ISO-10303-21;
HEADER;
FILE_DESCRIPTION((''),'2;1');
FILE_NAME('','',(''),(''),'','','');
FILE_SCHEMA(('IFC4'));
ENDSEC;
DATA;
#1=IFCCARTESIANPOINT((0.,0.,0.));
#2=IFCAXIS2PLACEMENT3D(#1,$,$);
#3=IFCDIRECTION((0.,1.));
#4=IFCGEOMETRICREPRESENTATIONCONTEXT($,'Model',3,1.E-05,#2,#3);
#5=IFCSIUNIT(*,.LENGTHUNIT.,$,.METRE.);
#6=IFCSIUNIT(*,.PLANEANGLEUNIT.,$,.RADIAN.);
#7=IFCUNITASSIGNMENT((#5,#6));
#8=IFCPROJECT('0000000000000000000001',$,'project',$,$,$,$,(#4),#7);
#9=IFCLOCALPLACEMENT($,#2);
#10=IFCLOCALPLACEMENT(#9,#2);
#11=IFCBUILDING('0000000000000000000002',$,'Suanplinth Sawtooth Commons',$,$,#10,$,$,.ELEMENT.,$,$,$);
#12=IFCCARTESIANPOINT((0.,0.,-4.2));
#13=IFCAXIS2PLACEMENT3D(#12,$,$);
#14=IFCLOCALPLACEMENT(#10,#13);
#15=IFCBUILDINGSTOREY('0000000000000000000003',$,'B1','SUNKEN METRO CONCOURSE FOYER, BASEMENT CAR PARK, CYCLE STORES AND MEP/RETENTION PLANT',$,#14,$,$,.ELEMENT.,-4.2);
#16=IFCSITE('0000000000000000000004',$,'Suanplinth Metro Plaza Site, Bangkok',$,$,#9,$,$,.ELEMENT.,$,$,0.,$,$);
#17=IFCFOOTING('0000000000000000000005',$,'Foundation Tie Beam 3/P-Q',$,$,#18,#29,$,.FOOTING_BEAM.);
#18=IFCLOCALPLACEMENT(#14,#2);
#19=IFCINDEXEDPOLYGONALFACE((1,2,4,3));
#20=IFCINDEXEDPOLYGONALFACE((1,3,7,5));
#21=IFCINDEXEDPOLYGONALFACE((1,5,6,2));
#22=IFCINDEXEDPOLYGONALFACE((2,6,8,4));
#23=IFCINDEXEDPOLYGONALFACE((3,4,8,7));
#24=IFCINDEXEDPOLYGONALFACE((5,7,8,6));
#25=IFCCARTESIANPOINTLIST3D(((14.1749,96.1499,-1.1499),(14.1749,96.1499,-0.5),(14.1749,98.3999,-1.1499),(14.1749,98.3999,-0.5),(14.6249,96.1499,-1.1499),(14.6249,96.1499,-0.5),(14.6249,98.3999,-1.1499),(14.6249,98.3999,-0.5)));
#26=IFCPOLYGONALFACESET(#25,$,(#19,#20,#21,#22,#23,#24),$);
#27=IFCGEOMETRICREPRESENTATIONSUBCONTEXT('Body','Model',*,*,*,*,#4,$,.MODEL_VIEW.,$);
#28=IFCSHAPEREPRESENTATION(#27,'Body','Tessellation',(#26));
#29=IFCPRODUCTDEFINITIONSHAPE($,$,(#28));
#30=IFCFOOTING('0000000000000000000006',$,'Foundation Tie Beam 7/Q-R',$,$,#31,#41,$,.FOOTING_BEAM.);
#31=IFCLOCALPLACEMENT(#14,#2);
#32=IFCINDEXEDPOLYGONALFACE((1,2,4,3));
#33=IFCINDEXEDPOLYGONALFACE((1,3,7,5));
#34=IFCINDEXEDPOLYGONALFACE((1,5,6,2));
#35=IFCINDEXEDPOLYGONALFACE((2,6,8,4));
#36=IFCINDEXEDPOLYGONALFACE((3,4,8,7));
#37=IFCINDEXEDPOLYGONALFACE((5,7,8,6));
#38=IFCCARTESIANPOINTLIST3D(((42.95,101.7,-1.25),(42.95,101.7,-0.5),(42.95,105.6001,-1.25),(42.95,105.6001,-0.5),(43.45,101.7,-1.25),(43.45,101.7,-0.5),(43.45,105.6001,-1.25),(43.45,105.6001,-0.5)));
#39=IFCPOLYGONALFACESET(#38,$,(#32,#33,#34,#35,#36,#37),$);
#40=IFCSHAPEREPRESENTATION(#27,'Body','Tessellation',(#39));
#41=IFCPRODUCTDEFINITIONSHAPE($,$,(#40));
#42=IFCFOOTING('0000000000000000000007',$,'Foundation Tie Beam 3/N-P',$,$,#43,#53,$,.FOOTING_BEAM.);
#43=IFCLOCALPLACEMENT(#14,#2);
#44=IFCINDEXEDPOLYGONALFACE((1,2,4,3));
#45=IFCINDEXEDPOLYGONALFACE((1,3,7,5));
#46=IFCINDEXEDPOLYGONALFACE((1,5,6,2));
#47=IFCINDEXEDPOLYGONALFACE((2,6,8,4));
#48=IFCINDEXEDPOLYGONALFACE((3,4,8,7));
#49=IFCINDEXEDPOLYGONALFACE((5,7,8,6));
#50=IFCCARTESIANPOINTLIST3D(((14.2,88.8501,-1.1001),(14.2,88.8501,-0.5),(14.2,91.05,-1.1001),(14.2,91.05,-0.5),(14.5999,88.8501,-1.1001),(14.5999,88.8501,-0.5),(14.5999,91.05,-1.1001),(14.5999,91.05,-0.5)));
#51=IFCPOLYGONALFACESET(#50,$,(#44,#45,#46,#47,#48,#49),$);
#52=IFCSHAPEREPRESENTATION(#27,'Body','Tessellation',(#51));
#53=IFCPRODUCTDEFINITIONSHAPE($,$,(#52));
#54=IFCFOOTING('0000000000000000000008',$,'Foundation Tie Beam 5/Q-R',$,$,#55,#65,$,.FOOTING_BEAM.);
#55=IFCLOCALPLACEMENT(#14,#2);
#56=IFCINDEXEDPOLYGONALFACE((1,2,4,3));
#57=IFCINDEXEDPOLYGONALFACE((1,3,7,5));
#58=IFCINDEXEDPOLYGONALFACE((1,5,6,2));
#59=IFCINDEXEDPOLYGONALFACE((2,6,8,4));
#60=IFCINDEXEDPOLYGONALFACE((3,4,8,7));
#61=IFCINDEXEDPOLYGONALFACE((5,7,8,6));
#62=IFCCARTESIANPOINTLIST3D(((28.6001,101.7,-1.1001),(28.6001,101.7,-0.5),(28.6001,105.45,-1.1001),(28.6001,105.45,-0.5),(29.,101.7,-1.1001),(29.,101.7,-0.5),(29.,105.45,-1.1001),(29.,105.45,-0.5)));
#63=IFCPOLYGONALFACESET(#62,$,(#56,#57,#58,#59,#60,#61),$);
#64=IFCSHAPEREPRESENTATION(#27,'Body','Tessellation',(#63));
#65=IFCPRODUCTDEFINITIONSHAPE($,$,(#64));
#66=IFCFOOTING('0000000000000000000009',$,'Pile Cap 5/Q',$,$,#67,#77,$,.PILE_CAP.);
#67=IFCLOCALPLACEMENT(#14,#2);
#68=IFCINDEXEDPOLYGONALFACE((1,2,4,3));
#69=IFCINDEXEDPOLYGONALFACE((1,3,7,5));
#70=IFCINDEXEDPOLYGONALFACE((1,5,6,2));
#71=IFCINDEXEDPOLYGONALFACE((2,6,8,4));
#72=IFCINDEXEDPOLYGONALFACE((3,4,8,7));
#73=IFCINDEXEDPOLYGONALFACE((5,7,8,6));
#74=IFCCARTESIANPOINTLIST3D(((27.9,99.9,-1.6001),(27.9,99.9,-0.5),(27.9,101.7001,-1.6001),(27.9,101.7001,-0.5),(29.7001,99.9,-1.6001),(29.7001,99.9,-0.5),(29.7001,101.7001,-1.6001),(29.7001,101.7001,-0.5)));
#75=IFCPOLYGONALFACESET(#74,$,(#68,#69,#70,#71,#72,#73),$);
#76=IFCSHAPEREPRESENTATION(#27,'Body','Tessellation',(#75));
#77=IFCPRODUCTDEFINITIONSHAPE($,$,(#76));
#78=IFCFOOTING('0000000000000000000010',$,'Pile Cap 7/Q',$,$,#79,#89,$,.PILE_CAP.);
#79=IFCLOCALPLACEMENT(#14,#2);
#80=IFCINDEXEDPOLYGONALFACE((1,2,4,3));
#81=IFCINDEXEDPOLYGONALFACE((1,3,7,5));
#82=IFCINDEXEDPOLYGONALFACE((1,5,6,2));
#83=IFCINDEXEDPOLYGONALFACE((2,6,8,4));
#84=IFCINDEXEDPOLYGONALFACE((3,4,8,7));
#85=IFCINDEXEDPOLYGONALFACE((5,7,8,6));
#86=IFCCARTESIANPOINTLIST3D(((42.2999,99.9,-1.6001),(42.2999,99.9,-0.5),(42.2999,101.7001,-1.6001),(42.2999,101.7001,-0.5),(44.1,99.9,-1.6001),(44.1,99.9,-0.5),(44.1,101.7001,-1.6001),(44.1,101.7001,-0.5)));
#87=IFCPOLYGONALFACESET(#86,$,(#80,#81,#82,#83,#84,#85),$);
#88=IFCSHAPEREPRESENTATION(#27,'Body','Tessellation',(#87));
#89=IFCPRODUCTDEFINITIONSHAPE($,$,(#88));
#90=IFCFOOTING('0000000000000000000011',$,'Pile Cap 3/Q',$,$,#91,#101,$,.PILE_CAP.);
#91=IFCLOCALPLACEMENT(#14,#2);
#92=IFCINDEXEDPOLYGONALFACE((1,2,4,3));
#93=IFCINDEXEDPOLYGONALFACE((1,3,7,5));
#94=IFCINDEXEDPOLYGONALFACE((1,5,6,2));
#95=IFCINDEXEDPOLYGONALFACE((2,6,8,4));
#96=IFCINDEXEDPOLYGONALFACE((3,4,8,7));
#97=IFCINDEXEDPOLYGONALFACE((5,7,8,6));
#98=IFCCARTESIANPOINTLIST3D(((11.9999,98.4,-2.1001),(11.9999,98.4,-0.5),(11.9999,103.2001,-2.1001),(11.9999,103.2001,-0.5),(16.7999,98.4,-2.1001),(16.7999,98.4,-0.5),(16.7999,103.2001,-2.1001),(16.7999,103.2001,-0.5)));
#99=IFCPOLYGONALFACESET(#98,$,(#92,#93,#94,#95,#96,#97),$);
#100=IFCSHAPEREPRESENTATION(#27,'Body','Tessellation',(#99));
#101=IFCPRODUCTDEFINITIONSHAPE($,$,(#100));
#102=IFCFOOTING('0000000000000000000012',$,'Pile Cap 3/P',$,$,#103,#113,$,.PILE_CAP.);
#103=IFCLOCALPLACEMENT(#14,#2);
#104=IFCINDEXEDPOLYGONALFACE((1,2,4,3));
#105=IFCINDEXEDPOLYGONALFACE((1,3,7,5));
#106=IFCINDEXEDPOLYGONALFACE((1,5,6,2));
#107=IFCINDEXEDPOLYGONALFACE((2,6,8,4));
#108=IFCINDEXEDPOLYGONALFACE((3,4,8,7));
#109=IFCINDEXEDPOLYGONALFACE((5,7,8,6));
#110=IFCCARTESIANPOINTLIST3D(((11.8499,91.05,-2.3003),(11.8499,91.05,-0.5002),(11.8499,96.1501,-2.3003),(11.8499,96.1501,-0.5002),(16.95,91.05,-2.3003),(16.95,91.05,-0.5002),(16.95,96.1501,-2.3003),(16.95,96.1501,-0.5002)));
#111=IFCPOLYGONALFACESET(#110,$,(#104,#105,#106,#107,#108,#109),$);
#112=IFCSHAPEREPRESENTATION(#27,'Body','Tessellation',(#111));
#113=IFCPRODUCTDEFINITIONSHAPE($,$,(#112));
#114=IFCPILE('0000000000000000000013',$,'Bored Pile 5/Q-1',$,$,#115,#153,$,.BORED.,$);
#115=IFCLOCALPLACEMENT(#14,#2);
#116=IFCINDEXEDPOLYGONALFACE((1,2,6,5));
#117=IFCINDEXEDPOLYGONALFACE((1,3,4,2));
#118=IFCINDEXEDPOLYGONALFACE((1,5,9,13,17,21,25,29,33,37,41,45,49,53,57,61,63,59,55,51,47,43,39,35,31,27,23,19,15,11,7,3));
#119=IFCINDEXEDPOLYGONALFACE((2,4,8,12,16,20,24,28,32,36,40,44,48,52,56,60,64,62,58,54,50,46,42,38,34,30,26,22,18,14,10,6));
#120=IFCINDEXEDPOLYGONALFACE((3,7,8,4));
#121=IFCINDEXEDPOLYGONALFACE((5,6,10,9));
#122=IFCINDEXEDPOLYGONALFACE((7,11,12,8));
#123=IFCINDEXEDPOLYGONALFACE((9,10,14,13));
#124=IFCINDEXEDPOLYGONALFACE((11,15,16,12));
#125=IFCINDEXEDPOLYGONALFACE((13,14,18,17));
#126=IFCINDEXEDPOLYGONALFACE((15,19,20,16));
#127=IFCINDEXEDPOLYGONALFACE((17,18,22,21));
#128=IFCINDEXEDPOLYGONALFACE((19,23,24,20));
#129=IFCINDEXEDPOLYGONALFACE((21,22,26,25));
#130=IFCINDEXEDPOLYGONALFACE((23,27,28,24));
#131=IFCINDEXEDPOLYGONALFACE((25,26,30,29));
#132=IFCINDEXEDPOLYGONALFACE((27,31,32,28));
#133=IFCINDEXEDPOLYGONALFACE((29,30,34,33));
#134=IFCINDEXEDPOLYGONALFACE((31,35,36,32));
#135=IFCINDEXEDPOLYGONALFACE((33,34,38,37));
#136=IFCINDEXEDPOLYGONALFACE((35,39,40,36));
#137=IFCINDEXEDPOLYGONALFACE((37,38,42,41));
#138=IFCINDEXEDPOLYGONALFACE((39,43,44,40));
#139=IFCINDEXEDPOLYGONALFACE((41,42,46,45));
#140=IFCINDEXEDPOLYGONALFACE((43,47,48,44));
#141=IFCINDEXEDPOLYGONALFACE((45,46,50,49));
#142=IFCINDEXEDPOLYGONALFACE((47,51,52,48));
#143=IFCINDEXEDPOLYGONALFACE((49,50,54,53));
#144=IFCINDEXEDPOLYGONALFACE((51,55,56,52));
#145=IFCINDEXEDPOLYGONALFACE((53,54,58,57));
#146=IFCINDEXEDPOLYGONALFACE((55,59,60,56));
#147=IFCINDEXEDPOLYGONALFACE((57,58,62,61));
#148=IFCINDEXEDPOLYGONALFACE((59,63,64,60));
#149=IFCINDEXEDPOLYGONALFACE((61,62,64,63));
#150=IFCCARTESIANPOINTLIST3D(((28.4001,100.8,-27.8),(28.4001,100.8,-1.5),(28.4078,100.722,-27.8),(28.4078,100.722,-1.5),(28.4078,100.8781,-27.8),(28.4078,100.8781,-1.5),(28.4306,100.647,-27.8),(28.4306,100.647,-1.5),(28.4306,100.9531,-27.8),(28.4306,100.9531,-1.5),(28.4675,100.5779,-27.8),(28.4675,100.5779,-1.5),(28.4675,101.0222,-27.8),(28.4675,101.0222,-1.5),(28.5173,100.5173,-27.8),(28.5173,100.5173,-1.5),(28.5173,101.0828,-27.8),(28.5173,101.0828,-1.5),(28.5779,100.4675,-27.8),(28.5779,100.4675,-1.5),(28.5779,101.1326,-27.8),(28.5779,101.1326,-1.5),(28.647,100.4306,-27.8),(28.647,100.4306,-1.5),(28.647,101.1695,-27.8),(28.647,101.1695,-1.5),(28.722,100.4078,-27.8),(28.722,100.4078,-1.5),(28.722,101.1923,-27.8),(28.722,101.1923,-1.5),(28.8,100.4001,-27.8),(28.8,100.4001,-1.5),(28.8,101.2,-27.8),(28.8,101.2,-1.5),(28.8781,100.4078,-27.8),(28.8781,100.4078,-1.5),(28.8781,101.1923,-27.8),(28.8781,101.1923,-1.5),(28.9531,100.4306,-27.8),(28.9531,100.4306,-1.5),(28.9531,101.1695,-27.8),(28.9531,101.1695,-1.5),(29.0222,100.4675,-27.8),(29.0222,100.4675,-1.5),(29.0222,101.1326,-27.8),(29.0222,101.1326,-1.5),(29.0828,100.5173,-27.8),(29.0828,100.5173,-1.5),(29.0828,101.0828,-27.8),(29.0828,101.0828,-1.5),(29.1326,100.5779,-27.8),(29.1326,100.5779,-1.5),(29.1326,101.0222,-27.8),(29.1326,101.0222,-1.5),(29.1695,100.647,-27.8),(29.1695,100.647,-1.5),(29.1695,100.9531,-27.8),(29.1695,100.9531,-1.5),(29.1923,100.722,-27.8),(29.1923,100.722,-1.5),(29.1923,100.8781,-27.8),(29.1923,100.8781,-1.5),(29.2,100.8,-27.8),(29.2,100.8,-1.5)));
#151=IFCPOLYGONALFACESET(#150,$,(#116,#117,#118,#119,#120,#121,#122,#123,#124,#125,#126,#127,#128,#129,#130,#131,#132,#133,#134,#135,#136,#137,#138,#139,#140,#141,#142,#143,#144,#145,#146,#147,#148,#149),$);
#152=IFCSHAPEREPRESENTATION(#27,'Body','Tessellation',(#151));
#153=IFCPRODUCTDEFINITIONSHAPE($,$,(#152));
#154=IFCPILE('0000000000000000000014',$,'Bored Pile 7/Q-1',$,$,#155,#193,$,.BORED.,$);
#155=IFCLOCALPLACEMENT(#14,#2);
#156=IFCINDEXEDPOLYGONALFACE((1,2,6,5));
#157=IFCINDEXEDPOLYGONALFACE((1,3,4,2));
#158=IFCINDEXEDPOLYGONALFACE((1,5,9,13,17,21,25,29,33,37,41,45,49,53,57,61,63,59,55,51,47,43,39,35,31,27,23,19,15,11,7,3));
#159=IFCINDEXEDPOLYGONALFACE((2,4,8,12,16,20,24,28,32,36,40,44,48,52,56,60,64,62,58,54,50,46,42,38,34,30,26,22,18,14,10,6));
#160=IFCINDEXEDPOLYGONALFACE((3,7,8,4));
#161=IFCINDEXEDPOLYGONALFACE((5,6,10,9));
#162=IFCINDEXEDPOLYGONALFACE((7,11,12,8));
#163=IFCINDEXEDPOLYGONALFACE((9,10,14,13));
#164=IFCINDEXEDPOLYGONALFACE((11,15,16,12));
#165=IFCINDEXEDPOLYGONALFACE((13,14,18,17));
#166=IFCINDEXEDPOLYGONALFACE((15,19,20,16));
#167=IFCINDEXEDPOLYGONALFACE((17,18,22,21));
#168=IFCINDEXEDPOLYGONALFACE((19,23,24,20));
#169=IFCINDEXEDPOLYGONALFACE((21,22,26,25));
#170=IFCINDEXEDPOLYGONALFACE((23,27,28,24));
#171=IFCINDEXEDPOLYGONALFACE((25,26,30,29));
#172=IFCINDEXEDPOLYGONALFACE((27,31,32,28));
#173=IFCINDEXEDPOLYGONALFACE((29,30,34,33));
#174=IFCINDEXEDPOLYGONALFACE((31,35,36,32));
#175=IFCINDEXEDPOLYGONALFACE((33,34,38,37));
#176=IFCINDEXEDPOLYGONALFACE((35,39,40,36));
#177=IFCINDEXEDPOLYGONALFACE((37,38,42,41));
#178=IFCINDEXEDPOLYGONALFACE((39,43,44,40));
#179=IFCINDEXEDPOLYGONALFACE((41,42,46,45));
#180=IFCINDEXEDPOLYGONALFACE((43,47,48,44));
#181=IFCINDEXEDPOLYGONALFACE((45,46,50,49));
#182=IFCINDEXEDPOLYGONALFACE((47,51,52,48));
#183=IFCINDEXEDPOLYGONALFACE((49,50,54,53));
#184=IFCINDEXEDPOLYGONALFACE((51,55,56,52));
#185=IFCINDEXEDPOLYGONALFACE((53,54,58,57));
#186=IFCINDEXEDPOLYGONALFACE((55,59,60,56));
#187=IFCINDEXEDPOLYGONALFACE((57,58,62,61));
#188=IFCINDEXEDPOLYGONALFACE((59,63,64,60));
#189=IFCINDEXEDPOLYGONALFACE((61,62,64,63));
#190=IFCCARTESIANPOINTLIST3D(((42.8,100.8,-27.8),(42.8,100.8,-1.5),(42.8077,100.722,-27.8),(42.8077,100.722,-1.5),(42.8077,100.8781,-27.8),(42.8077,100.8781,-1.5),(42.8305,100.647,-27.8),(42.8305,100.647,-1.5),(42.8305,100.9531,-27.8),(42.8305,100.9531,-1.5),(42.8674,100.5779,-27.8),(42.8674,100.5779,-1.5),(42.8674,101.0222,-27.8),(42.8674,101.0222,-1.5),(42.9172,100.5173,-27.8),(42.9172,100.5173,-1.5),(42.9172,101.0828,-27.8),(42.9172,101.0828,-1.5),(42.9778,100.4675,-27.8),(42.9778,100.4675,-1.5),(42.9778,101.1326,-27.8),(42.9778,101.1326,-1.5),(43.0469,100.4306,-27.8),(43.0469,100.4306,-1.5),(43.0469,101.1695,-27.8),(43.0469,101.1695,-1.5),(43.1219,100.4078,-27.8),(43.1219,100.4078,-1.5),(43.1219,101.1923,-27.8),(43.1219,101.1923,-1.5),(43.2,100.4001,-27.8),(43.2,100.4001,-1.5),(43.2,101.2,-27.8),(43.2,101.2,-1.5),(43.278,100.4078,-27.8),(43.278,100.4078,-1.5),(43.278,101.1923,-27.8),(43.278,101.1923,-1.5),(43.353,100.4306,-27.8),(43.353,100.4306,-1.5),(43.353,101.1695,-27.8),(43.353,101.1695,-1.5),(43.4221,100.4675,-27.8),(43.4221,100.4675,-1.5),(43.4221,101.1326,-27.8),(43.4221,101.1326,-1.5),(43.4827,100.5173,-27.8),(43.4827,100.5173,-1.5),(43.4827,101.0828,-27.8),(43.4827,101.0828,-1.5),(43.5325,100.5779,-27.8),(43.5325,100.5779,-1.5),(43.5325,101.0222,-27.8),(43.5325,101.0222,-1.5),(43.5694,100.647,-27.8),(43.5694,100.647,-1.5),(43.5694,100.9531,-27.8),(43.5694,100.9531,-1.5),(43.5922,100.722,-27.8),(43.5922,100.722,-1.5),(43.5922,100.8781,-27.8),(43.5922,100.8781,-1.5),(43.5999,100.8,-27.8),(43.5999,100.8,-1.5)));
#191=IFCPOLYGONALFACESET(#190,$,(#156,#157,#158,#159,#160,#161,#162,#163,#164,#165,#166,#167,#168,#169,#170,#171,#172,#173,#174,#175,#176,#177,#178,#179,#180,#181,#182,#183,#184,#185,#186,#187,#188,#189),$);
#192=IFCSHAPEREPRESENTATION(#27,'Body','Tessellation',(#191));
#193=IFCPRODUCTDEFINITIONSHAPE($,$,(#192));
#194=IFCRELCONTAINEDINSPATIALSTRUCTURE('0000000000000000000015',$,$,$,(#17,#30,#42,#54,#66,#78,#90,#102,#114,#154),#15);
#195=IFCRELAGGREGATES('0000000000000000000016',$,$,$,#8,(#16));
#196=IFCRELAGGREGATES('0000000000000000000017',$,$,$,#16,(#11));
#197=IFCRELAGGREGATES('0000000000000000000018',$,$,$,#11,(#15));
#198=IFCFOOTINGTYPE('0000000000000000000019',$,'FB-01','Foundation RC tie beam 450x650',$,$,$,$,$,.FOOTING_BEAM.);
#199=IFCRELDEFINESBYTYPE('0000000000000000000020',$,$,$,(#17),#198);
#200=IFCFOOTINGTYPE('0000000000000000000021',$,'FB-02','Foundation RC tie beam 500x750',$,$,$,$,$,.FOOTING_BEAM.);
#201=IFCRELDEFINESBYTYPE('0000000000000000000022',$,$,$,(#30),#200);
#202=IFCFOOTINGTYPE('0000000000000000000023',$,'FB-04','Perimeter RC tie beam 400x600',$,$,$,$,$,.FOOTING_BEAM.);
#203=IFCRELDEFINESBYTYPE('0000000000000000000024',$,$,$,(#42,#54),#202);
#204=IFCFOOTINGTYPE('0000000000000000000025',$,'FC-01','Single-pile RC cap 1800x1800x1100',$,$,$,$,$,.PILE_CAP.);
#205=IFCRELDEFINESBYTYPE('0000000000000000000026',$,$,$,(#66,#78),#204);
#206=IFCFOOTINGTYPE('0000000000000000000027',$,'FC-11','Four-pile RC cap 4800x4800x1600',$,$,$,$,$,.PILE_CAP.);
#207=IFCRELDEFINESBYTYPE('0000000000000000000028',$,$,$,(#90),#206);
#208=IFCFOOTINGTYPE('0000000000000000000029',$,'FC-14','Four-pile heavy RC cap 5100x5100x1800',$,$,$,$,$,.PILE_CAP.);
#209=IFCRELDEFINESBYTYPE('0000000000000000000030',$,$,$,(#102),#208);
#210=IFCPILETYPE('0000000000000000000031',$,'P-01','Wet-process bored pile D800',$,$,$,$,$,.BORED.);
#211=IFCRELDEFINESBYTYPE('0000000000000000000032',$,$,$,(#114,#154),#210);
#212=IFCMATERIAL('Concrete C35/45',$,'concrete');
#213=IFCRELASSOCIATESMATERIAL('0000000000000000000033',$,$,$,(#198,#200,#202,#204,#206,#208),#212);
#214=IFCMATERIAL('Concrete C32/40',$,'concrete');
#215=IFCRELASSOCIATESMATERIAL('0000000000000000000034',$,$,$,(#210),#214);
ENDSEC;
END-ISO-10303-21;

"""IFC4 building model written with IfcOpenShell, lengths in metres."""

from ifc_helpers import new_model, si_unit, direction, frame, origin, origin_2d, place, context, subcontext, project, spatial, rectangle, circle, extrude, material, material_profile, profile_set, type_object, element, save


model = new_model("IFC4")

# Units and contexts
model_context = context("Model", 3, precision=1e-05, world=origin(), true_north=direction((0.0, 1.0)))
body_context = subcontext(model_context, "Body", "Model", "MODEL_VIEW")
ifc_project = project(units=[si_unit("LENGTHUNIT", "METRE"), si_unit("PLANEANGLEUNIT", "RADIAN")], contexts=[model_context])

# Site, building, storey
site_placement = place(None, origin())
site = spatial("IfcSite", under=ifc_project, at=site_placement, Name="Suanplinth Metro Plaza Site, Bangkok", CompositionType="ELEMENT", RefElevation=0.0)
building_placement = place(site_placement, origin())
building = spatial("IfcBuilding", under=site, at=building_placement, Name="Suanplinth Sawtooth Commons", CompositionType="ELEMENT")
storey_placement = place(building_placement, frame((0.0, 0.0, -4.2)))
storey = spatial("IfcBuildingStorey", under=building, at=storey_placement, Name="B1", Description="SUNKEN METRO CONCOURSE FOYER, BASEMENT CAR PARK, CYCLE STORES AND MEP/RETENTION PLANT", CompositionType="ELEMENT", Elevation=-4.2)

# Footings
ifc_material_1 = material(Name="Concrete C35/45", Category="concrete")
ifc_material_profile_1 = material_profile(ifc_material_1, rectangle(XDim=0.45, YDim=0.6499, at=origin_2d()), Name="PC-GDR 450x650")
ifc_profile_set_1 = profile_set([ifc_material_profile_1], Name="Concrete C35/45")
footing_type_1 = type_object("IfcFootingType", Name="FB-01", Description="Foundation RC tie beam 450x650", PredefinedType="FOOTING_BEAM", material=ifc_profile_set_1)
footing_1_placement = place(storey_placement, frame((14.3999, 96.1499, -0.825), z_axis=(0.0, 1.0, 0.0), x_axis=(-1.0, 0.0, 0.0)))
element("IfcFooting", 1, at=footing_1_placement, inside=storey, type_object=footing_type_1, Name="Foundation Tie Beam 3/P-Q", PredefinedType="FOOTING_BEAM", context=body_context, shape_type="SweptSolid", body=[
    extrude(rectangle(XDim=0.45, YDim=0.6499, at=origin_2d()), origin(), (0.0, 0.0, 1.0), 2.25),
])
ifc_material_profile_2 = material_profile(ifc_material_1, rectangle(XDim=0.5, YDim=0.75, at=origin_2d()), Name="RC-GDR 500x750")
ifc_profile_set_2 = profile_set([ifc_material_profile_2], Name="Concrete C35/45")
footing_type_2 = type_object("IfcFootingType", Name="FB-02", Description="Foundation RC tie beam 500x750", PredefinedType="FOOTING_BEAM", material=ifc_profile_set_2)
footing_2_placement = place(storey_placement, frame((43.2, 101.7, -0.875), z_axis=(0.0, 1.0, 0.0), x_axis=(-1.0, 0.0, 0.0)))
element("IfcFooting", 2, at=footing_2_placement, inside=storey, type_object=footing_type_2, Name="Foundation Tie Beam 7/Q-R", PredefinedType="FOOTING_BEAM", context=body_context, shape_type="SweptSolid", body=[
    extrude(rectangle(XDim=0.5, YDim=0.75, at=origin_2d()), origin(), (0.0, 0.0, 1.0), 3.9001),
])
ifc_material_profile_3 = material_profile(ifc_material_1, rectangle(XDim=0.3999, YDim=0.6001, at=origin_2d()), Name="PC-GDR 400x600")
ifc_profile_set_3 = profile_set([ifc_material_profile_3], Name="Concrete C35/45")
footing_type_3 = type_object("IfcFootingType", Name="FB-04", Description="Perimeter RC tie beam 400x600", PredefinedType="FOOTING_BEAM", material=ifc_profile_set_3)
footing_3_placement = place(storey_placement, frame((14.3999, 88.8501, -0.8), z_axis=(0.0, 1.0, 0.0), x_axis=(-1.0, 0.0, 0.0)))
element("IfcFooting", 3, at=footing_3_placement, inside=storey, type_object=footing_type_3, Name="Foundation Tie Beam 3/N-P", PredefinedType="FOOTING_BEAM", context=body_context, shape_type="SweptSolid", body=[
    extrude(rectangle(XDim=0.3999, YDim=0.6001, at=origin_2d()), origin(), (0.0, 0.0, 1.0), 2.2),
])
footing_4_placement = place(storey_placement, frame((28.8, 101.7, -0.8), z_axis=(0.0, 1.0, 0.0), x_axis=(-1.0, 0.0, 0.0)))
element("IfcFooting", 4, at=footing_4_placement, inside=storey, type_object=footing_type_3, Name="Foundation Tie Beam 5/Q-R", PredefinedType="FOOTING_BEAM", context=body_context, shape_type="SweptSolid", body=[
    extrude(rectangle(XDim=0.3999, YDim=0.6001, at=origin_2d()), origin(), (0.0, 0.0, 1.0), 3.75),
])
footing_type_4 = type_object("IfcFootingType", Name="FC-01", Description="Single-pile RC cap 1800x1800x1100", PredefinedType="PILE_CAP", material=ifc_material_1)
for number, where, z_axis, x_axis, name in (
    (5, (28.8, 100.8, -1.6001), (0.0, 0.0, 1.0), (1.0, 0.0, 0.0), "Pile Cap 5/Q"),
    (6, (43.2, 100.8, -1.6001), (0.0, 0.0, 1.0), (1.0, 0.0, 0.0), "Pile Cap 7/Q"),
):
    element("IfcFooting", number, at=place(storey_placement, frame(where, z_axis=z_axis, x_axis=x_axis)), inside=storey, type_object=footing_type_4, Name=name, PredefinedType="PILE_CAP", context=body_context, shape_type="SweptSolid", body=[
        extrude(rectangle(XDim=1.8, YDim=1.8, at=origin_2d()), origin(), (0.0, 0.0, 1.0), 1.1001),
    ])
footing_type_5 = type_object("IfcFootingType", Name="FC-11", Description="Four-pile RC cap 4800x4800x1600", PredefinedType="PILE_CAP", material=ifc_material_1)
footing_5_placement = place(storey_placement, frame((14.3999, 100.8, -2.1001), z_axis=(0.0, 0.0, 1.0), x_axis=(1.0, 0.0, 0.0)))
element("IfcFooting", 7, at=footing_5_placement, inside=storey, type_object=footing_type_5, Name="Pile Cap 3/Q", PredefinedType="PILE_CAP", context=body_context, shape_type="SweptSolid", body=[
    extrude(rectangle(XDim=4.8, YDim=4.8, at=origin_2d()), origin(), (0.0, 0.0, 1.0), 1.6001),
])
footing_type_6 = type_object("IfcFootingType", Name="FC-14", Description="Four-pile heavy RC cap 5100x5100x1800", PredefinedType="PILE_CAP", material=ifc_material_1)
footing_6_placement = place(storey_placement, frame((14.3999, 93.6001, -2.3003), z_axis=(0.0, 0.0, 1.0), x_axis=(1.0, 0.0, 0.0)))
element("IfcFooting", 8, at=footing_6_placement, inside=storey, type_object=footing_type_6, Name="Pile Cap 3/P", PredefinedType="PILE_CAP", context=body_context, shape_type="SweptSolid", body=[
    extrude(rectangle(XDim=5.1001, YDim=5.1001, at=origin_2d()), origin(), (0.0, 0.0, 1.0), 1.8),
])

# Piles
ifc_material_2 = material(Name="Concrete C32/40", Category="concrete")
ifc_material_profile_4 = material_profile(ifc_material_2, circle(Radius=0.3999, at=origin_2d()), Name="PILE D800")
ifc_profile_set_4 = profile_set([ifc_material_profile_4], Name="Concrete C32/40")
pile_type_1 = type_object("IfcPileType", Name="P-01", Description="Wet-process bored pile D800", PredefinedType="BORED", material=ifc_profile_set_4)
for number, where, z_axis, x_axis, name in (
    (9, (28.8, 100.8, -1.5), (0.0, 0.0, -1.0), (1.0, 0.0, 0.0), "Bored Pile 5/Q-1"),
    (10, (43.2, 100.8, -1.5), (0.0, 0.0, -1.0), (1.0, 0.0, 0.0), "Bored Pile 7/Q-1"),
):
    element("IfcPile", number, at=place(storey_placement, frame(where, z_axis=z_axis, x_axis=x_axis)), inside=storey, type_object=pile_type_1, Name=name, PredefinedType="BORED", context=body_context, shape_type="SweptSolid", body=[
        extrude(circle(Radius=0.3999, at=origin_2d()), origin(), (0.0, 0.0, 1.0), 26.3),
    ])

save(model, "model.ifc")
